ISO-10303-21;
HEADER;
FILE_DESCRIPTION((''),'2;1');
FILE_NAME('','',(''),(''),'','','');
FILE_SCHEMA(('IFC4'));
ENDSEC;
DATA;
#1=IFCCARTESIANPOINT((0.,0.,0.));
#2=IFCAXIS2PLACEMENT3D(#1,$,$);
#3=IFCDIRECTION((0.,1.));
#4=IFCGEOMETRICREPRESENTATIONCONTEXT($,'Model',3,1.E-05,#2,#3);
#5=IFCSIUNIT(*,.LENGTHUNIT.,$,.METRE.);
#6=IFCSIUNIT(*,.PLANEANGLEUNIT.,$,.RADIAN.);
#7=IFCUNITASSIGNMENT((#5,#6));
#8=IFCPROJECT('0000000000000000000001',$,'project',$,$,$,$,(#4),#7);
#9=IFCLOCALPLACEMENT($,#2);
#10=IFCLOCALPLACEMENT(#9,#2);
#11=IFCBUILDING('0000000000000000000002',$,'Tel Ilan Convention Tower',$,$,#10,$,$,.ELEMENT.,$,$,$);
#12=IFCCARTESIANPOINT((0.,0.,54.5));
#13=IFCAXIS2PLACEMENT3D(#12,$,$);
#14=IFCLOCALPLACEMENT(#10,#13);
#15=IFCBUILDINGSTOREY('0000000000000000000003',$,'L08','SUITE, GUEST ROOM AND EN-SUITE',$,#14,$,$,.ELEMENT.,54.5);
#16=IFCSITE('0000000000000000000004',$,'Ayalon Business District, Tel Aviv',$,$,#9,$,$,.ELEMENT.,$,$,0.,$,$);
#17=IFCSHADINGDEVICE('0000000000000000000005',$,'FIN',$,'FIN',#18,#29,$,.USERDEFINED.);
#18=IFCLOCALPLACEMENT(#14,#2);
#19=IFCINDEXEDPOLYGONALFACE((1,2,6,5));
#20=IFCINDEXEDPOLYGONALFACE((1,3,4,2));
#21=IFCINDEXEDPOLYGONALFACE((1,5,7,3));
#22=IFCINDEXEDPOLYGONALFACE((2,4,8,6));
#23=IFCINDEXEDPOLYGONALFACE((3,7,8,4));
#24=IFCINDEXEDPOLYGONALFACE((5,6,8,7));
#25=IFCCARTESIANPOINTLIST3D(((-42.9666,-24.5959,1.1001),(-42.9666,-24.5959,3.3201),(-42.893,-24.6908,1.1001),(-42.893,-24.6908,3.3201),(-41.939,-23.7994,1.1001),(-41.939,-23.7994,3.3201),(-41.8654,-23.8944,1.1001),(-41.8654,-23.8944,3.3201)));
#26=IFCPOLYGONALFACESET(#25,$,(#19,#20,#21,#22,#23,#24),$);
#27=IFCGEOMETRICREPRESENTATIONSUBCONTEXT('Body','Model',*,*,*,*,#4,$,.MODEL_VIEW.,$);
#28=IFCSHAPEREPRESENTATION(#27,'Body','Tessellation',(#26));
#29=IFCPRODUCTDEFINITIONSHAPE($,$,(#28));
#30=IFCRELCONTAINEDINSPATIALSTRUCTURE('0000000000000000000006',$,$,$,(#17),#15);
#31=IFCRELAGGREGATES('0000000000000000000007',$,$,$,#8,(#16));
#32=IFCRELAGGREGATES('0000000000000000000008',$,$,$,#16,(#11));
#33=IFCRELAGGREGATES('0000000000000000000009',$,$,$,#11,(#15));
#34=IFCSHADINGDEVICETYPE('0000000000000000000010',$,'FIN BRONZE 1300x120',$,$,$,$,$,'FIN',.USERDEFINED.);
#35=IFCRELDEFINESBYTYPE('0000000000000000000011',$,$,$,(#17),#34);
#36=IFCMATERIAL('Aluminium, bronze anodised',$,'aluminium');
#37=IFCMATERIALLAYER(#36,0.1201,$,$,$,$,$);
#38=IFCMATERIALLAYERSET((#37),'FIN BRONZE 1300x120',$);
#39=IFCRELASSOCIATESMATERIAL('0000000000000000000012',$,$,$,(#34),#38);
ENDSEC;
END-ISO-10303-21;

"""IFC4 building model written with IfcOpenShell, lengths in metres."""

from ifc_helpers import new_model, si_unit, direction, frame, origin, origin_2d, place, context, subcontext, project, spatial, rectangle, extrude, material, layer, layer_set, type_object, element, save


model = new_model("IFC4")

# Units and contexts
model_context = context("Model", 3, precision=1e-05, world=origin(), true_north=direction((0.0, 1.0)))
body_context = subcontext(model_context, "Body", "Model", "MODEL_VIEW")
ifc_project = project(units=[si_unit("LENGTHUNIT", "METRE"), si_unit("PLANEANGLEUNIT", "RADIAN")], contexts=[model_context])

# Site, building, storey
site_placement = place(None, origin())
site = spatial("IfcSite", under=ifc_project, at=site_placement, Name="Ayalon Business District, Tel Aviv", CompositionType="ELEMENT", RefElevation=0.0)
building_placement = place(site_placement, origin())
building = spatial("IfcBuilding", under=site, at=building_placement, Name="Tel Ilan Convention Tower", CompositionType="ELEMENT")
storey_placement = place(building_placement, frame((0.0, 0.0, 54.5)))
storey = spatial("IfcBuildingStorey", under=building, at=storey_placement, Name="L08", Description="SUITE, GUEST ROOM AND EN-SUITE", CompositionType="ELEMENT", Elevation=54.5)

# Shading device
ifc_material_1 = material(Name="Aluminium, bronze anodised", Category="aluminium")
ifc_layer_1 = layer(ifc_material_1, 0.1201)
ifc_layer_set_1 = layer_set([ifc_layer_1], Name="FIN BRONZE 1300x120")
shading_device_type = type_object("IfcShadingDeviceType", Name="FIN BRONZE 1300x120", ElementType="FIN", PredefinedType="USERDEFINED", material=ifc_layer_set_1)
for number, where, z_axis, x_axis, name in (
    (1, (-42.416, -24.2451, 1.1001), (0.0, 0.0, 1.0), (-0.790393, -0.612601, 0.0), "FIN"),
):
    element("IfcShadingDevice", number, at=place(storey_placement, frame(where, z_axis=z_axis, x_axis=x_axis)), inside=storey, type_object=shading_device_type, Name=name, ObjectType="FIN", PredefinedType="USERDEFINED", context=body_context, shape_type="SweptSolid", body=[
        extrude(rectangle(XDim=1.3, YDim=0.1201, at=origin_2d()), origin(), (0.0, 0.0, 1.0), 2.22),
    ])

save(model, "model.ifc")
